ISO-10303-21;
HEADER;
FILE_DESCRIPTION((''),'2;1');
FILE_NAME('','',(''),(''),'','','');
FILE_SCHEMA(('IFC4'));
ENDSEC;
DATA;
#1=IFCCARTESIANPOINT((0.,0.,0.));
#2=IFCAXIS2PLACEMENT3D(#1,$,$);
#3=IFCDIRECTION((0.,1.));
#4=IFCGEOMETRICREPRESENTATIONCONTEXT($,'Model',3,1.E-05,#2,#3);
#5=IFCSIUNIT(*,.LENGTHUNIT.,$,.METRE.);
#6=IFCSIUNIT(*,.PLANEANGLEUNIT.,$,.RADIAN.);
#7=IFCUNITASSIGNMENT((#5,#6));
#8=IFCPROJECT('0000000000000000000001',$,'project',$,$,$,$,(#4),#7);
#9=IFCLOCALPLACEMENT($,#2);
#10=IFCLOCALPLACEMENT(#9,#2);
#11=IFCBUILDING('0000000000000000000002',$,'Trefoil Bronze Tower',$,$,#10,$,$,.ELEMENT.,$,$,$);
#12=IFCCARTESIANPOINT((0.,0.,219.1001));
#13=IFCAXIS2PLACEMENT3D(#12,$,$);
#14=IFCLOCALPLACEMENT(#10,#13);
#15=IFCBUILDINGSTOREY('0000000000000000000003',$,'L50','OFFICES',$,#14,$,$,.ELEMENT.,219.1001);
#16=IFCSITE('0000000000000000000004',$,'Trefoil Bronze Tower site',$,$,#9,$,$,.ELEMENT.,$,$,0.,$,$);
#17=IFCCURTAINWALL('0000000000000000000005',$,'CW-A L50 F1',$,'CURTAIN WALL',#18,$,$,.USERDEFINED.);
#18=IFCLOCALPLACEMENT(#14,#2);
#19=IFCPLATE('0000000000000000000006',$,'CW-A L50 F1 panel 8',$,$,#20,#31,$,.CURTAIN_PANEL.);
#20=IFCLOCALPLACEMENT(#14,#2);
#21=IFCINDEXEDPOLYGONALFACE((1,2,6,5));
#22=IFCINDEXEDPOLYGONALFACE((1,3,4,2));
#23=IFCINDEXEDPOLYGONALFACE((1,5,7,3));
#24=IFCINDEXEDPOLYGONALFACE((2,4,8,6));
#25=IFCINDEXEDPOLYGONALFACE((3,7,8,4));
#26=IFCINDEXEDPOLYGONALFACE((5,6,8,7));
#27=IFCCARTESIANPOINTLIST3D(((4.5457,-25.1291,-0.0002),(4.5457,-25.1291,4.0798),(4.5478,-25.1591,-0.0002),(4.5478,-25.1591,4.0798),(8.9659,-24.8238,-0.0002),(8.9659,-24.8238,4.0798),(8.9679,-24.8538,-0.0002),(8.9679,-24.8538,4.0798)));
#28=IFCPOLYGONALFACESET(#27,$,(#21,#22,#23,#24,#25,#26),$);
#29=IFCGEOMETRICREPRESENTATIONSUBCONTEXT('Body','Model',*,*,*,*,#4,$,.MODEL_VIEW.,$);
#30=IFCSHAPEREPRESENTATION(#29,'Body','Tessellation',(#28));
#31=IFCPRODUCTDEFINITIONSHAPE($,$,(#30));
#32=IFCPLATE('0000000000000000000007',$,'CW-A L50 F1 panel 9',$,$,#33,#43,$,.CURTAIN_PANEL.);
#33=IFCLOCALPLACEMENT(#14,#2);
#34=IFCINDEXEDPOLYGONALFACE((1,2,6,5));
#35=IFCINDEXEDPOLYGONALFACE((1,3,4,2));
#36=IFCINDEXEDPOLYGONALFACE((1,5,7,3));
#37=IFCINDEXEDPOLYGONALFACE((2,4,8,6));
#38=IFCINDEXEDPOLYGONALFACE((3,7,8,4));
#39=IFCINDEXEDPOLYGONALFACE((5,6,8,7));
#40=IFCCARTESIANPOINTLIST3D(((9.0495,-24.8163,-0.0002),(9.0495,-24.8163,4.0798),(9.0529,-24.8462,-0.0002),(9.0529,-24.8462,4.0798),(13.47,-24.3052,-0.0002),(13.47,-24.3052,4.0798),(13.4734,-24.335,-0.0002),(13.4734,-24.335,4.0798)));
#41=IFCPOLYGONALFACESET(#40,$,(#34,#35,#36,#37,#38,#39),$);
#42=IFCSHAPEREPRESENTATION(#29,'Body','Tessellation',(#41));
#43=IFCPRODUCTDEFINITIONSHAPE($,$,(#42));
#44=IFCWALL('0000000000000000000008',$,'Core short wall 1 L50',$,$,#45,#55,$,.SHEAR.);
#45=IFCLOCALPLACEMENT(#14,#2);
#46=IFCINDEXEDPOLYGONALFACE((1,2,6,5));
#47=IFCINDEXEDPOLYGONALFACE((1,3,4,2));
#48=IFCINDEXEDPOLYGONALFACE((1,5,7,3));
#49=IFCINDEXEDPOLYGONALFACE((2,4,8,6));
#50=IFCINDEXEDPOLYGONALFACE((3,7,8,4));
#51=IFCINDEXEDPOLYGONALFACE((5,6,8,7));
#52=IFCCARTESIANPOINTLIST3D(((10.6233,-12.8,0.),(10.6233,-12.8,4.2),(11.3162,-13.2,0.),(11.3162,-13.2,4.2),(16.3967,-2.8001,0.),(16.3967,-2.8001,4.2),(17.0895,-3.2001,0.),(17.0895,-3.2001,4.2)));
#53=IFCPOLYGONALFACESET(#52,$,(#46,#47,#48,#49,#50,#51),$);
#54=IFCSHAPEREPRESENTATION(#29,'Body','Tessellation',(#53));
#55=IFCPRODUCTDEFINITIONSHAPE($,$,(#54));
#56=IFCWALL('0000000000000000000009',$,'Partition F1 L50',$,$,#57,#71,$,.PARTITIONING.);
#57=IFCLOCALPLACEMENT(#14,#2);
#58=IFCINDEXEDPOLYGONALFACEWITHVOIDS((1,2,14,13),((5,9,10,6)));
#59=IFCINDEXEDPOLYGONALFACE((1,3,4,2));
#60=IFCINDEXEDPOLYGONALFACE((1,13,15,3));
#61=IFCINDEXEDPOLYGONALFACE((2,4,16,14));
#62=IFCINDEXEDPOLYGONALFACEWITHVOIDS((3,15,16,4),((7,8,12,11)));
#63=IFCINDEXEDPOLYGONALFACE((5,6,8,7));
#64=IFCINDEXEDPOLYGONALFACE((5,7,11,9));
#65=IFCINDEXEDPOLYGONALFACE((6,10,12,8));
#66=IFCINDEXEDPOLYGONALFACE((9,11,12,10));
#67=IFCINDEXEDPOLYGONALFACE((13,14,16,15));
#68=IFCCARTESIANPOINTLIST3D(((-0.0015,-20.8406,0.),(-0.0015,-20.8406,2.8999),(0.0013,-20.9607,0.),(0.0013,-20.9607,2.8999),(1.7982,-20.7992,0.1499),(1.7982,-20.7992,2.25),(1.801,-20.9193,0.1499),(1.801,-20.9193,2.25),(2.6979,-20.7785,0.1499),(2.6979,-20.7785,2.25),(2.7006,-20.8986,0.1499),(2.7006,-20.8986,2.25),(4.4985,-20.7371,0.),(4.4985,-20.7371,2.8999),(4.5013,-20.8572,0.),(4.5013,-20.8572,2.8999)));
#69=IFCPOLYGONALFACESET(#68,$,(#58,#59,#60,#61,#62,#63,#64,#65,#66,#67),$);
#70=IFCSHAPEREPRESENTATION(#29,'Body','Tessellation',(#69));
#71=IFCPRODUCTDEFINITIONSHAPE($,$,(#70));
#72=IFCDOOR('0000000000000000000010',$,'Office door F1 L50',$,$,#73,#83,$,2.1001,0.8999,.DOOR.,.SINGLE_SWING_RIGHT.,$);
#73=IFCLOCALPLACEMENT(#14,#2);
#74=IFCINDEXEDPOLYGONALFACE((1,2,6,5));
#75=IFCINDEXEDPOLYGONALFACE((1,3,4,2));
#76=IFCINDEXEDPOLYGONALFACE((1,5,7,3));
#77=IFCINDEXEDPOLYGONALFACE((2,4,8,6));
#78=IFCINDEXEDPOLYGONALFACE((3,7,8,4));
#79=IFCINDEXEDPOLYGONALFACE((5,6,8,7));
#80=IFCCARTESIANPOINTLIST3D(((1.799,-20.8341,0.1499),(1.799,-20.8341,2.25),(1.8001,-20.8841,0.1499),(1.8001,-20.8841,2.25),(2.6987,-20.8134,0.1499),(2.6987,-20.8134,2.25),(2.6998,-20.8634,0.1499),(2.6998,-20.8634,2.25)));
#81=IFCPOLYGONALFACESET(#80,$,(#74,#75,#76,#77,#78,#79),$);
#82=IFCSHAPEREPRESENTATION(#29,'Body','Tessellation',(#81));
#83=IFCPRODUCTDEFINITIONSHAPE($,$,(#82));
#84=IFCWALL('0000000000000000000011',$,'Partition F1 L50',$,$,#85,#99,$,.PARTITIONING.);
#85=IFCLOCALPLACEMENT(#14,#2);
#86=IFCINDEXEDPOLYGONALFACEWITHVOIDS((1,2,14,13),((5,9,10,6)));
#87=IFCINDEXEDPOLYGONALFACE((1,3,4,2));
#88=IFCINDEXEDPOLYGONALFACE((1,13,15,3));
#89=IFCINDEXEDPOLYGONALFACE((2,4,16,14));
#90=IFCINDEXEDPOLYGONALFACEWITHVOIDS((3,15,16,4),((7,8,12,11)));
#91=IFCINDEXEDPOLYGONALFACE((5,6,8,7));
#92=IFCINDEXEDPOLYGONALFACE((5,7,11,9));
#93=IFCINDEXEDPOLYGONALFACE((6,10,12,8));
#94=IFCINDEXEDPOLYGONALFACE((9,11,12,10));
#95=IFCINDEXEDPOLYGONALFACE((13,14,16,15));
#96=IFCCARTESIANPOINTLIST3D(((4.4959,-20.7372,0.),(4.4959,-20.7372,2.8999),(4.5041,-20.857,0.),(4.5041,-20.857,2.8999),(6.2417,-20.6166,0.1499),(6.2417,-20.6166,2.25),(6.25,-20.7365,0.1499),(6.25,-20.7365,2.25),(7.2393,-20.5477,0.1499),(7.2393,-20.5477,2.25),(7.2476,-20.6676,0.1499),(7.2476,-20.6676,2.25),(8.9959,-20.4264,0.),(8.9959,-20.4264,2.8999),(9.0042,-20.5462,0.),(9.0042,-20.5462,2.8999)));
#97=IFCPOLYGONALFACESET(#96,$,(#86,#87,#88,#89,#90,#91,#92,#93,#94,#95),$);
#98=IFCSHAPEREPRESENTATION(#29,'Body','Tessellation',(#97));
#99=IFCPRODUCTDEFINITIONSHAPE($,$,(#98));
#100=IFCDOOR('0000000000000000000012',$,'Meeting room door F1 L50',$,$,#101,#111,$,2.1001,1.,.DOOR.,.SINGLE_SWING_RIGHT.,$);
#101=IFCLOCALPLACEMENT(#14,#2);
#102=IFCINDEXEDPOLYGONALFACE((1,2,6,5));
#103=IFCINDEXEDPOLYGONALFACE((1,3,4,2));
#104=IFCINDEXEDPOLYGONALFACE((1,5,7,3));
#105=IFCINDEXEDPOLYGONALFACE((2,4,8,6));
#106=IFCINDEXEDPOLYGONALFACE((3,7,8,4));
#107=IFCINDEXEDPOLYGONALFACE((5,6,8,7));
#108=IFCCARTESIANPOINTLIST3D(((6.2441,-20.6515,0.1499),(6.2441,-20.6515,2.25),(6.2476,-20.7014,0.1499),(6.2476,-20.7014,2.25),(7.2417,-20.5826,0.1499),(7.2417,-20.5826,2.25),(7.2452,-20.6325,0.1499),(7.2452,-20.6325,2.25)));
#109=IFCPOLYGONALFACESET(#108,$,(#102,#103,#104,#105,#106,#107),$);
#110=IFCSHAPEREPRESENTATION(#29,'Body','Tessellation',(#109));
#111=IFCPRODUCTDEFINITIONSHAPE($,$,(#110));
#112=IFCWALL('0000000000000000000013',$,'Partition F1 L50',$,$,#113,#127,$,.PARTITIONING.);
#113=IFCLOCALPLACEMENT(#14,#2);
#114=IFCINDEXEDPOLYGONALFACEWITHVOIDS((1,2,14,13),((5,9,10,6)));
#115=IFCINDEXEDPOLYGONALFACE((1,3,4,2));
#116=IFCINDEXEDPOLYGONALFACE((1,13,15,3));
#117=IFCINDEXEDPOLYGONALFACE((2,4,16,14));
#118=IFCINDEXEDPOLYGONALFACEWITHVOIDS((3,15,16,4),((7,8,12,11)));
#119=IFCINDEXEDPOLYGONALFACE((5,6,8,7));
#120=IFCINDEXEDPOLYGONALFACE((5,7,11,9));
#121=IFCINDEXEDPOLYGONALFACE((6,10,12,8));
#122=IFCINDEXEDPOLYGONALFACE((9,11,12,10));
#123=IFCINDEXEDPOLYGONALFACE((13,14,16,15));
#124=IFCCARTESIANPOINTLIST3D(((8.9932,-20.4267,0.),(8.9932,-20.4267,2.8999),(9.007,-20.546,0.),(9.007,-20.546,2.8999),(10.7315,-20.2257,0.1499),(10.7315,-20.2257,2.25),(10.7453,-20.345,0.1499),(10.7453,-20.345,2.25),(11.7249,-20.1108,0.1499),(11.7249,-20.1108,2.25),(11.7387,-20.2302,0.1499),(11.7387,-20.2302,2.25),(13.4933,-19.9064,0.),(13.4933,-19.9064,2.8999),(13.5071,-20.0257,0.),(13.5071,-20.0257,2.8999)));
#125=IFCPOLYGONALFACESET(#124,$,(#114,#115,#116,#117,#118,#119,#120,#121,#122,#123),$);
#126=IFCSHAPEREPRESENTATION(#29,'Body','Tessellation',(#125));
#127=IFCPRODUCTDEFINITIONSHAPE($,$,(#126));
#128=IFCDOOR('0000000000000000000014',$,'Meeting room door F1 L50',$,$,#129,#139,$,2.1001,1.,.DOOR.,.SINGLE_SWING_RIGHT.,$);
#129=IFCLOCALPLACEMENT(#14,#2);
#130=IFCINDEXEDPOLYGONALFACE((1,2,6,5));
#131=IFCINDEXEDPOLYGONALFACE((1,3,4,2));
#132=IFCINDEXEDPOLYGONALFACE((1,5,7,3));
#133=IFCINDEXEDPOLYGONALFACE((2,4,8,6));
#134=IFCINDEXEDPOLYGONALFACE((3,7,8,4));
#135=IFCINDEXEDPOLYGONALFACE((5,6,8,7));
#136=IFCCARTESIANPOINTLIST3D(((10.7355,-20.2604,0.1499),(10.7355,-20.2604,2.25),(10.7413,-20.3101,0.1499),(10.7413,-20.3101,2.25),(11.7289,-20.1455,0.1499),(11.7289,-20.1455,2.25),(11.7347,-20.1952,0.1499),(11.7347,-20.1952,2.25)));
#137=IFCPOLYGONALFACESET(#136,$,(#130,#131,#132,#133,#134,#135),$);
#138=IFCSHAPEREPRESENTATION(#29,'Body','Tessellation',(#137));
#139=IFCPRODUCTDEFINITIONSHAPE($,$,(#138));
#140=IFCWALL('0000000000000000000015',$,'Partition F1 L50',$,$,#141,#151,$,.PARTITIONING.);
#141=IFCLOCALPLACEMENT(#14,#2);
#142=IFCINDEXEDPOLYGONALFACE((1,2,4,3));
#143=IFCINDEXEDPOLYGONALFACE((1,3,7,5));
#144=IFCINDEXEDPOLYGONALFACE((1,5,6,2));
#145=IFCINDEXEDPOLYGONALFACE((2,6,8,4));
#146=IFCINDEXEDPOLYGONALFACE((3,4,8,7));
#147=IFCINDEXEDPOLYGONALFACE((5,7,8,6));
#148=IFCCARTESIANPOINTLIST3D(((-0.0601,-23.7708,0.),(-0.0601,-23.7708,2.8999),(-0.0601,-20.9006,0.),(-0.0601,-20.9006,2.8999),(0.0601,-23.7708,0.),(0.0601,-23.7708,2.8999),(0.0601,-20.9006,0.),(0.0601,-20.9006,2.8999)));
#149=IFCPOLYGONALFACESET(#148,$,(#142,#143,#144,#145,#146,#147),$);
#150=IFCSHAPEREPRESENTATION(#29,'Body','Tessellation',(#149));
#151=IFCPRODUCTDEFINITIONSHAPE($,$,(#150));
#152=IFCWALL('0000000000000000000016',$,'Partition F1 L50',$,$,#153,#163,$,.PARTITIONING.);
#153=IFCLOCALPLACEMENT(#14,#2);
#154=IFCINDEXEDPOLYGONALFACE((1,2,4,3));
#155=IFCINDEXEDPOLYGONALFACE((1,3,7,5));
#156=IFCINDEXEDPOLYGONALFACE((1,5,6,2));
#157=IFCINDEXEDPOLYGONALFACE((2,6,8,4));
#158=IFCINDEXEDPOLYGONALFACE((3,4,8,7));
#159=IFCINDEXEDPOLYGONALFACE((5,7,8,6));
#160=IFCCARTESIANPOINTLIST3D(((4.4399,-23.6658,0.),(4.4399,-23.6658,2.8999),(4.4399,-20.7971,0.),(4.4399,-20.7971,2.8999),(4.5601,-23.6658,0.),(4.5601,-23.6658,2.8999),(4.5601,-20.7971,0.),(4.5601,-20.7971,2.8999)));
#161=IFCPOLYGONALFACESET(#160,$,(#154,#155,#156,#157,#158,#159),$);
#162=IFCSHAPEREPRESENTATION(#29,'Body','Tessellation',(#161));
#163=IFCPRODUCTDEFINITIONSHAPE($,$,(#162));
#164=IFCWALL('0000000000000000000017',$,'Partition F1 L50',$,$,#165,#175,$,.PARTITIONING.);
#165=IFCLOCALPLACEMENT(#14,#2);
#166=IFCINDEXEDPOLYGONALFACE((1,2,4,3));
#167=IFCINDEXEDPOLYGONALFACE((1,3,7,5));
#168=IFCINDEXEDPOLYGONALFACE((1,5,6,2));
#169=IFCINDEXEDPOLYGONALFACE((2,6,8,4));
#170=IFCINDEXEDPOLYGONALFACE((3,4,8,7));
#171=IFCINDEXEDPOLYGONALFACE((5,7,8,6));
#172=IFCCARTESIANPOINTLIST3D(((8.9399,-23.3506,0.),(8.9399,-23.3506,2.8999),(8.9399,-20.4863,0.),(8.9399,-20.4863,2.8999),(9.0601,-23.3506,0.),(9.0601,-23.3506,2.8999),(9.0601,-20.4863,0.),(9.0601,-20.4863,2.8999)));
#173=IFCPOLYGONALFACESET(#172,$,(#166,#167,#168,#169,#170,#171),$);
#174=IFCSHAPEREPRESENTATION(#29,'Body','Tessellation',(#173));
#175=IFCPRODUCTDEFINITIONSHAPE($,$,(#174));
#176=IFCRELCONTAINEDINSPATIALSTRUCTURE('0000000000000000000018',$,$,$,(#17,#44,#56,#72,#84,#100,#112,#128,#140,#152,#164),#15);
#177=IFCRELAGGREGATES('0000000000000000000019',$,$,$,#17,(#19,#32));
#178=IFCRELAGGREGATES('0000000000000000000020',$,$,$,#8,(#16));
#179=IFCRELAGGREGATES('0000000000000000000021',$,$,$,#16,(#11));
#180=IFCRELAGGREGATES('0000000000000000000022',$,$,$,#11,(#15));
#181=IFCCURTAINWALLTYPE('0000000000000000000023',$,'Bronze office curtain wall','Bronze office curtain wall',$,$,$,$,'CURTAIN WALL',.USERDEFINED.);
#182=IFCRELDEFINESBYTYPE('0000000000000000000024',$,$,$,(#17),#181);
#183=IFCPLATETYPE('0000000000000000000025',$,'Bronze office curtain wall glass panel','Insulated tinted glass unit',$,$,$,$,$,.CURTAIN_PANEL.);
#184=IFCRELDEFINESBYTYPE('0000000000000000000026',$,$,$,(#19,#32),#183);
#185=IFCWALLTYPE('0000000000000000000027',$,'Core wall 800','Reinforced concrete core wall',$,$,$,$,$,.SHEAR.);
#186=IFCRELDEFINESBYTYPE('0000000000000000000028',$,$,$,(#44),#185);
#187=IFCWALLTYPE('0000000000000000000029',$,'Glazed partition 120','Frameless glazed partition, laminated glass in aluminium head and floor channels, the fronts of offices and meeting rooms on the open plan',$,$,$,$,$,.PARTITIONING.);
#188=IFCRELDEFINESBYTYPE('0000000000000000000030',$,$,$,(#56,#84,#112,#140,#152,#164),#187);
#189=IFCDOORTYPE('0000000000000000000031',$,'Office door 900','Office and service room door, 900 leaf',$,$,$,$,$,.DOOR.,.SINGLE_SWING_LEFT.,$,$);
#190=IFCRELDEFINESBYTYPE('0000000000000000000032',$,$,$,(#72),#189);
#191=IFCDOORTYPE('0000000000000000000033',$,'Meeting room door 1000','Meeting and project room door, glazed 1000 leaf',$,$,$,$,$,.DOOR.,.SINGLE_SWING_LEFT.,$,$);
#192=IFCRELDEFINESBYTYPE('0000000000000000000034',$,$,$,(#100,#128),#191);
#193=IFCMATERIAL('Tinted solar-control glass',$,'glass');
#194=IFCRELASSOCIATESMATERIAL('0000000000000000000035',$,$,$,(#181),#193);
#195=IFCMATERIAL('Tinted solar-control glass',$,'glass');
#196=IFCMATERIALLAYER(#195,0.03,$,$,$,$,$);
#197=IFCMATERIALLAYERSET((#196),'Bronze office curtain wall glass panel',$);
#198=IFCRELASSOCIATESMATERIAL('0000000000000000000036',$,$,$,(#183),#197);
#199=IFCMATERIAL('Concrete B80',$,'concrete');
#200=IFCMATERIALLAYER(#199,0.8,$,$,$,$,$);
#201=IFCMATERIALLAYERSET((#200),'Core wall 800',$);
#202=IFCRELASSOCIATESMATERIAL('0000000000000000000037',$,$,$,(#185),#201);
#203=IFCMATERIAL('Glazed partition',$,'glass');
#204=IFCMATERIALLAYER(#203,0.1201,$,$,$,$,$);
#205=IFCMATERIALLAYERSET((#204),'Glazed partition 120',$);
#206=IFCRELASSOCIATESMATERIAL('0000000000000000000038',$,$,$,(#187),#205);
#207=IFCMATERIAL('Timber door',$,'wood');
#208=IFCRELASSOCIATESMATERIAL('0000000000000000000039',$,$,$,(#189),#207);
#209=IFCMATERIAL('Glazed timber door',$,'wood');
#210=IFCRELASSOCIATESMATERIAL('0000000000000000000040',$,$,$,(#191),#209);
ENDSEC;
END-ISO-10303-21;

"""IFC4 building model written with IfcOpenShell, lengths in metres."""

from ifc_helpers import new_model, si_unit, direction, frame, frame_2d, origin, origin_2d, place, context, subcontext, project, spatial, rectangle, extrude, material, layer, layer_set, type_object, element, fill, aggregate, save


model = new_model("IFC4")

# Units and contexts
model_context = context("Model", 3, precision=1e-05, world=origin(), true_north=direction((0.0, 1.0)))
body_context = subcontext(model_context, "Body", "Model", "MODEL_VIEW")
ifc_project = project(units=[si_unit("LENGTHUNIT", "METRE"), si_unit("PLANEANGLEUNIT", "RADIAN")], contexts=[model_context])

# Site, building, storey
site_placement = place(None, origin())
site = spatial("IfcSite", under=ifc_project, at=site_placement, Name="Trefoil Bronze Tower site", CompositionType="ELEMENT", RefElevation=0.0)
building_placement = place(site_placement, origin())
building = spatial("IfcBuilding", under=site, at=building_placement, Name="Trefoil Bronze Tower", CompositionType="ELEMENT")
storey_placement = place(building_placement, frame((0.0, 0.0, 219.1001)))
storey = spatial("IfcBuildingStorey", under=building, at=storey_placement, Name="L50", Description="OFFICES", CompositionType="ELEMENT", Elevation=219.1001)

# Curtain wall
ifc_material_1 = material(Name="Tinted solar-control glass", Category="glass")
curtain_wall_type = type_object("IfcCurtainWallType", Name="Bronze office curtain wall", Description="Bronze office curtain wall", ElementType="CURTAIN WALL", PredefinedType="USERDEFINED", material=ifc_material_1)
curtain_wall_placement = place(storey_placement, origin())
curtain_wall = element("IfcCurtainWall", 1, at=curtain_wall_placement, inside=storey, type_object=curtain_wall_type, Name="CW-A L50 F1", ObjectType="CURTAIN WALL", PredefinedType="USERDEFINED")

# Plates
ifc_material_2 = material(Name="Tinted solar-control glass", Category="glass")
ifc_layer_1 = layer(ifc_material_2, 0.03)
ifc_layer_set_1 = layer_set([ifc_layer_1], Name="Bronze office curtain wall glass panel")
plate_type = type_object("IfcPlateType", Name="Bronze office curtain wall glass panel", Description="Insulated tinted glass unit", PredefinedType="CURTAIN_PANEL", material=ifc_layer_set_1)
plate_1_placement = place(storey_placement, frame((6.7568, -24.9915, -0.0002), z_axis=(0.0, 0.0, 1.0), x_axis=(0.997623, 0.068915, 0.0)))
plate_1 = element("IfcPlate", 2, at=plate_1_placement, type_object=plate_type, Name="CW-A L50 F1 panel 8", PredefinedType="CURTAIN_PANEL", context=body_context, shape_type="SweptSolid", body=[
    extrude(rectangle(XDim=4.4307, YDim=0.03, at=origin_2d()), origin(), (0.0, 0.0, 1.0), 4.0801),
])
plate_2_placement = place(storey_placement, frame((11.2615, -24.5757, -0.0002), z_axis=(0.0, 0.0, 1.0), x_axis=(0.993382, 0.114859, 0.0)))
plate_2 = element("IfcPlate", 3, at=plate_2_placement, type_object=plate_type, Name="CW-A L50 F1 panel 9", PredefinedType="CURTAIN_PANEL", context=body_context, shape_type="SweptSolid", body=[
    extrude(rectangle(XDim=4.45, YDim=0.03, at=origin_2d()), origin(), (0.0, 0.0, 1.0), 4.0801),
])
aggregate(curtain_wall, [plate_1, plate_2])

# Wall
ifc_material_3 = material(Name="Concrete B80", Category="concrete")
ifc_layer_2 = layer(ifc_material_3, 0.8)
ifc_layer_set_2 = layer_set([ifc_layer_2], Name="Core wall 800")
wall_type_1 = type_object("IfcWallType", Name="Core wall 800", Description="Reinforced concrete core wall", PredefinedType="SHEAR", material=ifc_layer_set_2)
wall_1_placement = place(storey_placement, frame((10.9697, -13.0, 0.0), z_axis=(0.0, 0.0, 1.0), x_axis=(0.499996, 0.866028, 0.0)))
element("IfcWall", 4, at=wall_1_placement, inside=storey, type_object=wall_type_1, Name="Core short wall 1 L50", PredefinedType="SHEAR", context=body_context, shape_type="SweptSolid", body=[
    extrude(rectangle(XDim=11.5469, YDim=0.8, at=frame_2d((5.7734, 0.0))), origin(), (0.0, 0.0, 1.0), 4.2),
])

# Walls, openings, doors
ifc_material_4 = material(Name="Glazed partition", Category="glass")
ifc_layer_3 = layer(ifc_material_4, 0.1201)
ifc_layer_set_3 = layer_set([ifc_layer_3], Name="Glazed partition 120")
wall_type_2 = type_object("IfcWallType", Name="Glazed partition 120", Description="Frameless glazed partition, laminated glass in aluminium head and floor channels, the fronts of offices and meeting rooms on the open plan", PredefinedType="PARTITIONING", material=ifc_layer_set_3)
wall_2_placement = place(storey_placement, frame((0.0, -20.9006, 0.0), z_axis=(0.0, 0.0, 1.0), x_axis=(0.999736, 0.022997, 0.0)))
wall_2 = element("IfcWall", 5, at=wall_2_placement, inside=storey, type_object=wall_type_2, Name="Partition F1 L50", PredefinedType="PARTITIONING", context=body_context, shape_type="SweptSolid", body=[
    extrude(rectangle(XDim=4.5012, YDim=0.1201, at=frame_2d((2.2505, 0.0))), origin(), (0.0, 0.0, 1.0), 2.8999),
])
opening_1_placement = place(wall_2_placement, frame((1.8, 0.0, 0.1499)))
opening_1 = element("IfcOpeningElement", 6, at=opening_1_placement, cuts=wall_2, PredefinedType="OPENING", context=body_context, shape_type="SweptSolid", body=[
    extrude(rectangle(XDim=0.8999, YDim=2.1001, at=frame_2d((0.45, 1.05))), frame((0.0, 0.0701, 0.0), z_axis=(0.0, -1.0, 0.0), x_axis=(1.0, 0.0, 0.0)), (0.0, 0.0, 1.0), 0.1401),
])
ifc_material_5 = material(Name="Timber door", Category="wood")
door_type_1 = type_object("IfcDoorType", Name="Office door 900", Description="Office and service room door, 900 leaf", OperationType="SINGLE_SWING_LEFT", PredefinedType="DOOR", material=ifc_material_5)
door_1_placement = place(opening_1_placement, frame((0.8999, 0.0, 0.0), z_axis=(0.0, 0.0, 1.0), x_axis=(-1.0, 0.0, 0.0)))
door_1 = element("IfcDoor", 7, at=door_1_placement, inside=storey, type_object=door_type_1, Name="Office door F1 L50", OperationType="SINGLE_SWING_RIGHT", OverallHeight=2.1001, OverallWidth=0.8999, PredefinedType="DOOR", context=body_context, shape_type="SweptSolid", body=[
    extrude(rectangle(XDim=0.8999, YDim=2.1001, at=frame_2d((0.45, 1.05))), frame((0.0, 0.0249, 0.0), z_axis=(0.0, -1.0, 0.0), x_axis=(1.0, 0.0, 0.0)), (0.0, 0.0, 1.0), 0.05),
])
fill(opening_1, door_1)
wall_3_placement = place(storey_placement, frame((4.5, -20.7971, 0.0), z_axis=(0.0, 0.0, 1.0), x_axis=(0.997624, 0.068901, 0.0)))
wall_3 = element("IfcWall", 8, at=wall_3_placement, inside=storey, type_object=wall_type_2, Name="Partition F1 L50", PredefinedType="PARTITIONING", context=body_context, shape_type="SweptSolid", body=[
    extrude(rectangle(XDim=4.5107, YDim=0.1201, at=frame_2d((2.2554, 0.0))), origin(), (0.0, 0.0, 1.0), 2.8999),
])
opening_2_placement = place(wall_3_placement, frame((1.75, 0.0, 0.1499)))
opening_2 = element("IfcOpeningElement", 9, at=opening_2_placement, cuts=wall_3, PredefinedType="OPENING", context=body_context, shape_type="SweptSolid", body=[
    extrude(rectangle(XDim=1.0, YDim=2.1001, at=frame_2d((0.5, 1.05))), frame((0.0, 0.0701, 0.0), z_axis=(0.0, -1.0, 0.0), x_axis=(1.0, 0.0, 0.0)), (0.0, 0.0, 1.0), 0.1401),
])
ifc_material_6 = material(Name="Glazed timber door", Category="wood")
door_type_2 = type_object("IfcDoorType", Name="Meeting room door 1000", Description="Meeting and project room door, glazed 1000 leaf", OperationType="SINGLE_SWING_LEFT", PredefinedType="DOOR", material=ifc_material_6)
door_2_placement = place(opening_2_placement, frame((1.0, 0.0, 0.0), z_axis=(0.0, 0.0, 1.0), x_axis=(-1.0, 0.0, 0.0)))
door_2 = element("IfcDoor", 10, at=door_2_placement, inside=storey, type_object=door_type_2, Name="Meeting room door F1 L50", OperationType="SINGLE_SWING_RIGHT", OverallHeight=2.1001, OverallWidth=1.0, PredefinedType="DOOR", context=body_context, shape_type="SweptSolid", body=[
    extrude(rectangle(XDim=1.0, YDim=2.1001, at=frame_2d((0.5, 1.05))), frame((0.0, 0.0249, 0.0), z_axis=(0.0, -1.0, 0.0), x_axis=(1.0, 0.0, 0.0)), (0.0, 0.0, 1.0), 0.05),
])
fill(opening_2, door_2)
wall_4_placement = place(storey_placement, frame((9.0, -20.4863, 0.0), z_axis=(0.0, 0.0, 1.0), x_axis=(0.993383, 0.114849, 0.0)))
wall_4 = element("IfcWall", 11, at=wall_4_placement, inside=storey, type_object=wall_type_2, Name="Partition F1 L50", PredefinedType="PARTITIONING", context=body_context, shape_type="SweptSolid", body=[
    extrude(rectangle(XDim=4.53, YDim=0.1201, at=frame_2d((2.2651, 0.0))), origin(), (0.0, 0.0, 1.0), 2.8999),
])
opening_3_placement = place(wall_4_placement, frame((1.75, 0.0, 0.1499)))
opening_3 = element("IfcOpeningElement", 12, at=opening_3_placement, cuts=wall_4, PredefinedType="OPENING", context=body_context, shape_type="SweptSolid", body=[
    extrude(rectangle(XDim=1.0, YDim=2.1001, at=frame_2d((0.5, 1.05))), frame((0.0, 0.0701, 0.0), z_axis=(0.0, -1.0, 0.0), x_axis=(1.0, 0.0, 0.0)), (0.0, 0.0, 1.0), 0.1401),
])
door_3_placement = place(opening_3_placement, frame((1.0, 0.0, 0.0), z_axis=(0.0, 0.0, 1.0), x_axis=(-1.0, 0.0, 0.0)))
door_3 = element("IfcDoor", 13, at=door_3_placement, inside=storey, type_object=door_type_2, Name="Meeting room door F1 L50", OperationType="SINGLE_SWING_RIGHT", OverallHeight=2.1001, OverallWidth=1.0, PredefinedType="DOOR", context=body_context, shape_type="SweptSolid", body=[
    extrude(rectangle(XDim=1.0, YDim=2.1001, at=frame_2d((0.5, 1.05))), frame((0.0, 0.0249, 0.0), z_axis=(0.0, -1.0, 0.0), x_axis=(1.0, 0.0, 0.0)), (0.0, 0.0, 1.0), 0.05),
])
fill(opening_3, door_3)

# Walls
wall_5_placement = place(storey_placement, frame((0.0, -20.9006, 0.0), z_axis=(0.0, 0.0, 1.0), x_axis=(0.0, -1.0, 0.0)))
element("IfcWall", 14, at=wall_5_placement, inside=storey, type_object=wall_type_2, Name="Partition F1 L50", PredefinedType="PARTITIONING", context=body_context, shape_type="SweptSolid", body=[
    extrude(rectangle(XDim=2.8701, YDim=0.1201, at=frame_2d((1.4351, 0.0))), origin(), (0.0, 0.0, 1.0), 2.8999),
])
wall_6_placement = place(storey_placement, frame((4.5, -20.7971, 0.0), z_axis=(0.0, 0.0, 1.0), x_axis=(0.0, -1.0, 0.0)))
element("IfcWall", 15, at=wall_6_placement, inside=storey, type_object=wall_type_2, Name="Partition F1 L50", PredefinedType="PARTITIONING", context=body_context, shape_type="SweptSolid", body=[
    extrude(rectangle(XDim=2.8687, YDim=0.1201, at=frame_2d((1.4343, 0.0))), origin(), (0.0, 0.0, 1.0), 2.8999),
])
wall_7_placement = place(storey_placement, frame((9.0, -20.4863, 0.0), z_axis=(0.0, 0.0, 1.0), x_axis=(0.0, -1.0, 0.0)))
element("IfcWall", 16, at=wall_7_placement, inside=storey, type_object=wall_type_2, Name="Partition F1 L50", PredefinedType="PARTITIONING", context=body_context, shape_type="SweptSolid", body=[
    extrude(rectangle(XDim=2.8643, YDim=0.1201, at=frame_2d((1.4321, 0.0))), origin(), (0.0, 0.0, 1.0), 2.8999),
])

save(model, "model.ifc")
